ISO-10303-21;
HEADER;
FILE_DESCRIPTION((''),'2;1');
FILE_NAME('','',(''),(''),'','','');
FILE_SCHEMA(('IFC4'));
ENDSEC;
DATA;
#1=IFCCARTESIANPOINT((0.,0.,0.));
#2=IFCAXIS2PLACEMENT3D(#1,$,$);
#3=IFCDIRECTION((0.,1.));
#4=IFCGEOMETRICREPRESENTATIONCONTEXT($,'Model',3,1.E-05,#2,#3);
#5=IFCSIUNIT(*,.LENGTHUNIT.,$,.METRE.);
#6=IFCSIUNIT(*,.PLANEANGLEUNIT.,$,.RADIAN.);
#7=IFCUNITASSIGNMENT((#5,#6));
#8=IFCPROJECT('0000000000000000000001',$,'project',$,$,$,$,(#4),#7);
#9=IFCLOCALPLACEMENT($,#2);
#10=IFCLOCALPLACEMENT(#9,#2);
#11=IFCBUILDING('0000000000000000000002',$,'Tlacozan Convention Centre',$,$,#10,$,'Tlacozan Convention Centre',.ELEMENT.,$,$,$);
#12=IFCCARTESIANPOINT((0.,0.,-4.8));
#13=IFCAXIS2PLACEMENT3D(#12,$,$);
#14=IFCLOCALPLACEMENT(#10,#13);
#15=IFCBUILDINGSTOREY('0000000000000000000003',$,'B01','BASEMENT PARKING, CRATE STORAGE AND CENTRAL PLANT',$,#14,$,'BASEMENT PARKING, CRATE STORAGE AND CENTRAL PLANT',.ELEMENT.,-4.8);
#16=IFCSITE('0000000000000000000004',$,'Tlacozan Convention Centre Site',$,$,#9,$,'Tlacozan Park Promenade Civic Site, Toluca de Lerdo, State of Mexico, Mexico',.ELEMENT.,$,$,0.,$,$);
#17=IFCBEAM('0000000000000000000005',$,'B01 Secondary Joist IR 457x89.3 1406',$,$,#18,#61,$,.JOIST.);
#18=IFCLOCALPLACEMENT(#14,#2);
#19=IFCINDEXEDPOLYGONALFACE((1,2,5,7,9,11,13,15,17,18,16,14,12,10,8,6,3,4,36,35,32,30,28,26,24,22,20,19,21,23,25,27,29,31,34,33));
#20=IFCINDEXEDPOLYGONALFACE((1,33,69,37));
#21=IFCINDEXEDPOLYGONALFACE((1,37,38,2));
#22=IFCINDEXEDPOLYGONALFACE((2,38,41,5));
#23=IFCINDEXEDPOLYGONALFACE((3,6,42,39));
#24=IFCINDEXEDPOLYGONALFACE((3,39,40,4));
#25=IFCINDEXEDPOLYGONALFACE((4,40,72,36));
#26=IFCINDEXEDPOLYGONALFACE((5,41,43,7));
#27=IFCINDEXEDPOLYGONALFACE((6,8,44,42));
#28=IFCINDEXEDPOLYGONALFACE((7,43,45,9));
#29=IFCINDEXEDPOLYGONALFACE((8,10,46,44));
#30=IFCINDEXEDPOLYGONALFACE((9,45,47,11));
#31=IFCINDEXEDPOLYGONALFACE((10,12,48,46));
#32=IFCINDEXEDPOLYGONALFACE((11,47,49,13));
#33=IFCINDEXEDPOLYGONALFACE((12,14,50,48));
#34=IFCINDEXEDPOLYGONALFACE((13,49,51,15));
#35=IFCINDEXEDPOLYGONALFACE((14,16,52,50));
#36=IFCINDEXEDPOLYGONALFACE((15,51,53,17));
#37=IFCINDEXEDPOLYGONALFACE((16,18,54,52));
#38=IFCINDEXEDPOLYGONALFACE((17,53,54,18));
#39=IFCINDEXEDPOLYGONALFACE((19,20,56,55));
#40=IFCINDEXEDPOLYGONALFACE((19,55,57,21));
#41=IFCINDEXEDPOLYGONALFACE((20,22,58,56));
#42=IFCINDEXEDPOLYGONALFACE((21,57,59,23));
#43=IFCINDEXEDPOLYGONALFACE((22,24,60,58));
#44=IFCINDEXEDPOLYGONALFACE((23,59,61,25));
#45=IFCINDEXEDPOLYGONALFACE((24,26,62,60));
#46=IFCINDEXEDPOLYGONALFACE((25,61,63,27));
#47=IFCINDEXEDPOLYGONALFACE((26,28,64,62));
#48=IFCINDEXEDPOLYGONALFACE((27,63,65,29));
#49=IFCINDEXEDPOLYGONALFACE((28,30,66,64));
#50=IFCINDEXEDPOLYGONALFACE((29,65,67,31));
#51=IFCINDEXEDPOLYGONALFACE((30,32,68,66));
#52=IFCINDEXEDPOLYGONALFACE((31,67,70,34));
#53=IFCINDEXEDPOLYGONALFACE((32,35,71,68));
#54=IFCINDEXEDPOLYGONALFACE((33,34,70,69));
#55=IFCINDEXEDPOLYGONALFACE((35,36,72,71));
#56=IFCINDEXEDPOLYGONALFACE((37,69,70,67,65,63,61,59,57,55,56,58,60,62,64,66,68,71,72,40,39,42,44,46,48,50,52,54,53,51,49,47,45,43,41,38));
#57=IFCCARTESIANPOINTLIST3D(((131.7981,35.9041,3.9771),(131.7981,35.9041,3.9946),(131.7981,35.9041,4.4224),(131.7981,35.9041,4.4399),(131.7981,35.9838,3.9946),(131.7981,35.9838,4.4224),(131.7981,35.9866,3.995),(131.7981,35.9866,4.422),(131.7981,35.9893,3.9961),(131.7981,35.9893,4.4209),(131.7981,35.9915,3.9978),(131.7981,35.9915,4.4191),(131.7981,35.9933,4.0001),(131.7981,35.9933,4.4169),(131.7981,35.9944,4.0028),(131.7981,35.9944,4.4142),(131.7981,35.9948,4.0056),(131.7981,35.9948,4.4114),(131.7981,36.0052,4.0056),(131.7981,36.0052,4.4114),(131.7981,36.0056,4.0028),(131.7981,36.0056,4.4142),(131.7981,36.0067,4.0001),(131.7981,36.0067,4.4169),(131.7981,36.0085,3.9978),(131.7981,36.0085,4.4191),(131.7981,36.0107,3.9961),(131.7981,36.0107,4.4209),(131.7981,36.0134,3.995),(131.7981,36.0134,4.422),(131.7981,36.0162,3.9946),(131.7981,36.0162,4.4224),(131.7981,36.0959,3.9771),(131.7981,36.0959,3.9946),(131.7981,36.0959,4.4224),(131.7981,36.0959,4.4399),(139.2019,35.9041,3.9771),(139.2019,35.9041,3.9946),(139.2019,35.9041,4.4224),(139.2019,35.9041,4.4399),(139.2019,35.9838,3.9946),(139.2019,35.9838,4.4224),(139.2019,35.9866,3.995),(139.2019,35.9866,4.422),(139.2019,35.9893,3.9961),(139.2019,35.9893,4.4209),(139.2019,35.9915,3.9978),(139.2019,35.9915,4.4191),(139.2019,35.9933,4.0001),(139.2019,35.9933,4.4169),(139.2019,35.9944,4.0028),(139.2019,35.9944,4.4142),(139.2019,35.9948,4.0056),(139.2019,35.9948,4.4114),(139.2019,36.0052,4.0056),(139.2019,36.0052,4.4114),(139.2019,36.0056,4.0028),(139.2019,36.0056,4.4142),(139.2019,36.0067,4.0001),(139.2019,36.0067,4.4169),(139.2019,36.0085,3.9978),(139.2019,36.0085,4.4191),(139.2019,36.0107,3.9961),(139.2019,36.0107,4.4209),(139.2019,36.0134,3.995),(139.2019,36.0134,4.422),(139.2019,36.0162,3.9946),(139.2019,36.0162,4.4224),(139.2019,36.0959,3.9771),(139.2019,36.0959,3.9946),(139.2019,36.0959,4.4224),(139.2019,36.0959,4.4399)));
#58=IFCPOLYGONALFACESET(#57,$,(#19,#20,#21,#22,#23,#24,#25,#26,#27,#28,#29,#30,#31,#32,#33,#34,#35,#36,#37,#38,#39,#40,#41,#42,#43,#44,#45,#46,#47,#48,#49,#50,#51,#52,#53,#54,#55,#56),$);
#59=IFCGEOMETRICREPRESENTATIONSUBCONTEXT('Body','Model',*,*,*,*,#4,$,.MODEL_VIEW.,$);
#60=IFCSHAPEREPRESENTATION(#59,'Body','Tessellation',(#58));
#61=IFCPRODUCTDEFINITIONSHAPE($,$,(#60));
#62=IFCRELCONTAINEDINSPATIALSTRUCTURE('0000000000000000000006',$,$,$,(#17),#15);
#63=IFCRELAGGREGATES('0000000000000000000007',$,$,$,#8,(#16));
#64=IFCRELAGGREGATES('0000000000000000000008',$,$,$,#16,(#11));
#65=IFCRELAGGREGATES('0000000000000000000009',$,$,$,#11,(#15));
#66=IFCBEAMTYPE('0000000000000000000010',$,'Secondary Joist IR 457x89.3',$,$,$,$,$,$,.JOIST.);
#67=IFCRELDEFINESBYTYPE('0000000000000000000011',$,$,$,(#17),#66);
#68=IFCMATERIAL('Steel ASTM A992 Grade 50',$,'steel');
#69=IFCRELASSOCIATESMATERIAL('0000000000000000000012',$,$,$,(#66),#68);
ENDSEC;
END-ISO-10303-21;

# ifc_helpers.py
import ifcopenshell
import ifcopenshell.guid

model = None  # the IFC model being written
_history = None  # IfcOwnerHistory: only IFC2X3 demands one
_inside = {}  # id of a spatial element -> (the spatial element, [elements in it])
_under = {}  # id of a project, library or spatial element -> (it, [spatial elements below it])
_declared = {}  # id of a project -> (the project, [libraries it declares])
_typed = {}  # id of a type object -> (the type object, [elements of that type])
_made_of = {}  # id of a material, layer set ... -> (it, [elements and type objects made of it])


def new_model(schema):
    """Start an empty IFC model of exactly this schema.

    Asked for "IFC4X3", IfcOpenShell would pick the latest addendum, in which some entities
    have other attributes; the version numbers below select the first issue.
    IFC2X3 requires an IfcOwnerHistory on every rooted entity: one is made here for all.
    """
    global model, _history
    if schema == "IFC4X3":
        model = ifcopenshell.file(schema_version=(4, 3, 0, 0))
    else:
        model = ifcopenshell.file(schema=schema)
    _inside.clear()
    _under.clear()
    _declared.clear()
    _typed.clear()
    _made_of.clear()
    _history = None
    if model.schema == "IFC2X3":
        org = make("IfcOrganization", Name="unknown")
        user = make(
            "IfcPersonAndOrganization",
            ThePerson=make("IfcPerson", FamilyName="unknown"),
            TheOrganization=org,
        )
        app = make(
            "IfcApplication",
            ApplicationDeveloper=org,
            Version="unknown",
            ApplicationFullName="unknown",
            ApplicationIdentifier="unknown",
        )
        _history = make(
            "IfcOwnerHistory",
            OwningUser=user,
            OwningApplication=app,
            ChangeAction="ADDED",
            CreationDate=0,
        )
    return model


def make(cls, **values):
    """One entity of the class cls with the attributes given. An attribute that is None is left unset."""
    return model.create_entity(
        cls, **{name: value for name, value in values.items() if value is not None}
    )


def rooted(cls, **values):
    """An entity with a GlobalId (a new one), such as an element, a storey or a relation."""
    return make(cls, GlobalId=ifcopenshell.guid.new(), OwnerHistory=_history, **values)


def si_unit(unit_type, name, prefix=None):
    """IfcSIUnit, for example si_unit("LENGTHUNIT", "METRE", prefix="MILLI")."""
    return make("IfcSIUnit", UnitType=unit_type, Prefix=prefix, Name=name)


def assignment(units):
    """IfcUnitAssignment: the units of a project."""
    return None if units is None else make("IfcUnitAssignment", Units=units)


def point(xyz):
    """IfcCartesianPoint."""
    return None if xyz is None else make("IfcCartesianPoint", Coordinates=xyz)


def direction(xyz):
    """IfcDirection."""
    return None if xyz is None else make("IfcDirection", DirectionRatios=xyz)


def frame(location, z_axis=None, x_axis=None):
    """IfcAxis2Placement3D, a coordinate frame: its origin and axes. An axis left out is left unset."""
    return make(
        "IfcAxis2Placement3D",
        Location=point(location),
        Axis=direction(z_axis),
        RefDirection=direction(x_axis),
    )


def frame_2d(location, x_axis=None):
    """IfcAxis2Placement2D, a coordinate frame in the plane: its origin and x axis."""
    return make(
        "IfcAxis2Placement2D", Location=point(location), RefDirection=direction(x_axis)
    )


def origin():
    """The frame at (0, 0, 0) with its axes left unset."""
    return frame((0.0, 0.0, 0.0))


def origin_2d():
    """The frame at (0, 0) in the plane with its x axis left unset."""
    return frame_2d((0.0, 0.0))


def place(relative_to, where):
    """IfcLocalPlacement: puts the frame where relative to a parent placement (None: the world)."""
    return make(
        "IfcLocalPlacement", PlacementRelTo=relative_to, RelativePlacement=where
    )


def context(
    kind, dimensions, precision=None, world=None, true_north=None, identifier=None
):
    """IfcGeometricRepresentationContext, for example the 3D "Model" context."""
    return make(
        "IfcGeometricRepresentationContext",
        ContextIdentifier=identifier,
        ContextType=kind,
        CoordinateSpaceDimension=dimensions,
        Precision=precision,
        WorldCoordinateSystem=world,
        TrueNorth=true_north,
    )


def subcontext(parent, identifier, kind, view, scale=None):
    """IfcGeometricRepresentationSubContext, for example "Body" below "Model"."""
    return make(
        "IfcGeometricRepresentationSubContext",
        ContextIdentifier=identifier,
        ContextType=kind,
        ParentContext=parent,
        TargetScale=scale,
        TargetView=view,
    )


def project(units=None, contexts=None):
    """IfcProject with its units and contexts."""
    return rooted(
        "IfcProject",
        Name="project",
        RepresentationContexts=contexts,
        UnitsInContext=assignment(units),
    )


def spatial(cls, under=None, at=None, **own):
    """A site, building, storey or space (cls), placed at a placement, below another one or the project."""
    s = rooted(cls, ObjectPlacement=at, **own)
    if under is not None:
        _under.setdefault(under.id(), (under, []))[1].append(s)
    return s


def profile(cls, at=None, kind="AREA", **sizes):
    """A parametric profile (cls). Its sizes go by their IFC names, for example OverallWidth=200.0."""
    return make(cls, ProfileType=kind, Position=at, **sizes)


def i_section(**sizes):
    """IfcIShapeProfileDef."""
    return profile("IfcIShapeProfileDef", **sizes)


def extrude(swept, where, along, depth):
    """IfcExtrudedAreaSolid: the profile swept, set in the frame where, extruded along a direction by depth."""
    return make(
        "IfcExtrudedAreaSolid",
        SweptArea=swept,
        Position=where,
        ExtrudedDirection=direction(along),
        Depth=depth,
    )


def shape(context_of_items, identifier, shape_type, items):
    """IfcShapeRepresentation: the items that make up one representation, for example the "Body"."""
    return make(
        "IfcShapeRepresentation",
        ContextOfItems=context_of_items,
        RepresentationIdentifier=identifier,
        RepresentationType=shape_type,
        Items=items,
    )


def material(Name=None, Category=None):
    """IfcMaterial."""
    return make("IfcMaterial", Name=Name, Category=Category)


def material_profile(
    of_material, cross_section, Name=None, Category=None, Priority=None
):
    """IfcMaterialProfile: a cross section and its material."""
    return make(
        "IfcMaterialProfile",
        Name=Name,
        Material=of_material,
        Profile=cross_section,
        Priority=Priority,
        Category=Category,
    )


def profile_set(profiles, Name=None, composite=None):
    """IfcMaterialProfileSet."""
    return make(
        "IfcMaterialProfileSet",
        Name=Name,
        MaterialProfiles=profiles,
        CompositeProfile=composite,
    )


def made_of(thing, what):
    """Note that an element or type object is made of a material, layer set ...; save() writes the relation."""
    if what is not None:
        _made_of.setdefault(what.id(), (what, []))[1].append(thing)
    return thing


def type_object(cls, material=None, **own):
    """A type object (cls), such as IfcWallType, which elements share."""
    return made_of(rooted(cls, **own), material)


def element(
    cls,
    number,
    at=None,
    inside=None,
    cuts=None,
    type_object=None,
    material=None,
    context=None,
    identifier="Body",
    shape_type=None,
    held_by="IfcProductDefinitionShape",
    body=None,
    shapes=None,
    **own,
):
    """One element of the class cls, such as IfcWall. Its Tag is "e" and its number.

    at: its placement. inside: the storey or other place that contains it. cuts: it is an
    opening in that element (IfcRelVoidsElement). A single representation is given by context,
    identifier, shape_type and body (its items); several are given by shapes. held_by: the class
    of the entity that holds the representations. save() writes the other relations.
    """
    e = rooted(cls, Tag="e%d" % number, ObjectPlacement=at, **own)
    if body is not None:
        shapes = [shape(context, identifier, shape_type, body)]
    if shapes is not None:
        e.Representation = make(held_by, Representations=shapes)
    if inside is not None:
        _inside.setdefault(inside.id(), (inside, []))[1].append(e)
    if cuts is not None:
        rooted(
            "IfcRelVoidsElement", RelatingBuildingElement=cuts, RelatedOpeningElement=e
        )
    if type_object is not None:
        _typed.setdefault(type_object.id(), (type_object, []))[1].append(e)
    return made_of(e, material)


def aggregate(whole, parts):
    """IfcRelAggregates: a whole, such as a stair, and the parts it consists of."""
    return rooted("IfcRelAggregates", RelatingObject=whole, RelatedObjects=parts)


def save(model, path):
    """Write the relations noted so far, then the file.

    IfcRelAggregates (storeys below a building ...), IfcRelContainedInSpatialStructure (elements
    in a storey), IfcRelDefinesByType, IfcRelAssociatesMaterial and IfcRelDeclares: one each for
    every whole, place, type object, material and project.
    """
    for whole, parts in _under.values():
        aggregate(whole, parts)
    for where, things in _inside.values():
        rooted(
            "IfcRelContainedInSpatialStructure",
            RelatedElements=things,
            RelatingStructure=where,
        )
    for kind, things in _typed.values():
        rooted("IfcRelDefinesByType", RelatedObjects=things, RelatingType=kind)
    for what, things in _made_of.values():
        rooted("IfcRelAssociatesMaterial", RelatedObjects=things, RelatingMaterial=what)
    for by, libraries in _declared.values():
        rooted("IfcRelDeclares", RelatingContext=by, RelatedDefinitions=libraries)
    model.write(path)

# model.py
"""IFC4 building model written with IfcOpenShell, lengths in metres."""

from ifc_helpers import new_model, si_unit, direction, frame, origin, origin_2d, place, context, subcontext, project, spatial, i_section, extrude, material, material_profile, profile_set, type_object, element, save


model = new_model("IFC4")

# Units and contexts
model_context = context("Model", 3, precision=1e-05, world=origin(), true_north=direction((0.0, 1.0)))
body_context = subcontext(model_context, "Body", "Model", "MODEL_VIEW")
ifc_project = project(units=[si_unit("LENGTHUNIT", "METRE"), si_unit("PLANEANGLEUNIT", "RADIAN")], contexts=[model_context])

# Site, building, storey
site_placement = place(None, origin())
site = spatial("IfcSite", under=ifc_project, at=site_placement, Name="Tlacozan Convention Centre Site", LongName="Tlacozan Park Promenade Civic Site, Toluca de Lerdo, State of Mexico, Mexico", CompositionType="ELEMENT", RefElevation=0.0)
building_placement = place(site_placement, origin())
building = spatial("IfcBuilding", under=site, at=building_placement, Name="Tlacozan Convention Centre", LongName="Tlacozan Convention Centre", CompositionType="ELEMENT")
storey_placement = place(building_placement, frame((0.0, 0.0, -4.8)))
storey = spatial("IfcBuildingStorey", under=building, at=storey_placement, Name="B01", Description="BASEMENT PARKING, CRATE STORAGE AND CENTRAL PLANT", LongName="BASEMENT PARKING, CRATE STORAGE AND CENTRAL PLANT", CompositionType="ELEMENT", Elevation=-4.8)

# Beam
ifc_material_1 = material(Name="Steel ASTM A992 Grade 50", Category="steel")
ifc_material_profile_1 = material_profile(ifc_material_1, i_section(OverallWidth=0.1919, OverallDepth=0.4629, WebThickness=0.0105, FlangeThickness=0.0176, FilletRadius=0.011, at=origin_2d()), Name="IR 457x89.3")
ifc_profile_set_1 = profile_set([ifc_material_profile_1], Name="Steel ASTM A992 Grade 50")
beam_type_1 = type_object("IfcBeamType", Name="Secondary Joist IR 457x89.3", PredefinedType="JOIST", material=ifc_profile_set_1)
beam_1_placement = place(storey_placement, frame((131.7981, 36.0, 4.2085), z_axis=(1.0, 0.0, 0.0), x_axis=(0.0, 1.0, 0.0)))
element("IfcBeam", 1, at=beam_1_placement, inside=storey, type_object=beam_type_1, Name="B01 Secondary Joist IR 457x89.3 1406", PredefinedType="JOIST", context=body_context, shape_type="SweptSolid", body=[
    extrude(i_section(OverallWidth=0.1919, OverallDepth=0.4629, WebThickness=0.0105, FlangeThickness=0.0176, FilletRadius=0.011, at=origin_2d()), origin(), (0.0, 0.0, 1.0), 7.4038),
])

save(model, "model.ifc")
